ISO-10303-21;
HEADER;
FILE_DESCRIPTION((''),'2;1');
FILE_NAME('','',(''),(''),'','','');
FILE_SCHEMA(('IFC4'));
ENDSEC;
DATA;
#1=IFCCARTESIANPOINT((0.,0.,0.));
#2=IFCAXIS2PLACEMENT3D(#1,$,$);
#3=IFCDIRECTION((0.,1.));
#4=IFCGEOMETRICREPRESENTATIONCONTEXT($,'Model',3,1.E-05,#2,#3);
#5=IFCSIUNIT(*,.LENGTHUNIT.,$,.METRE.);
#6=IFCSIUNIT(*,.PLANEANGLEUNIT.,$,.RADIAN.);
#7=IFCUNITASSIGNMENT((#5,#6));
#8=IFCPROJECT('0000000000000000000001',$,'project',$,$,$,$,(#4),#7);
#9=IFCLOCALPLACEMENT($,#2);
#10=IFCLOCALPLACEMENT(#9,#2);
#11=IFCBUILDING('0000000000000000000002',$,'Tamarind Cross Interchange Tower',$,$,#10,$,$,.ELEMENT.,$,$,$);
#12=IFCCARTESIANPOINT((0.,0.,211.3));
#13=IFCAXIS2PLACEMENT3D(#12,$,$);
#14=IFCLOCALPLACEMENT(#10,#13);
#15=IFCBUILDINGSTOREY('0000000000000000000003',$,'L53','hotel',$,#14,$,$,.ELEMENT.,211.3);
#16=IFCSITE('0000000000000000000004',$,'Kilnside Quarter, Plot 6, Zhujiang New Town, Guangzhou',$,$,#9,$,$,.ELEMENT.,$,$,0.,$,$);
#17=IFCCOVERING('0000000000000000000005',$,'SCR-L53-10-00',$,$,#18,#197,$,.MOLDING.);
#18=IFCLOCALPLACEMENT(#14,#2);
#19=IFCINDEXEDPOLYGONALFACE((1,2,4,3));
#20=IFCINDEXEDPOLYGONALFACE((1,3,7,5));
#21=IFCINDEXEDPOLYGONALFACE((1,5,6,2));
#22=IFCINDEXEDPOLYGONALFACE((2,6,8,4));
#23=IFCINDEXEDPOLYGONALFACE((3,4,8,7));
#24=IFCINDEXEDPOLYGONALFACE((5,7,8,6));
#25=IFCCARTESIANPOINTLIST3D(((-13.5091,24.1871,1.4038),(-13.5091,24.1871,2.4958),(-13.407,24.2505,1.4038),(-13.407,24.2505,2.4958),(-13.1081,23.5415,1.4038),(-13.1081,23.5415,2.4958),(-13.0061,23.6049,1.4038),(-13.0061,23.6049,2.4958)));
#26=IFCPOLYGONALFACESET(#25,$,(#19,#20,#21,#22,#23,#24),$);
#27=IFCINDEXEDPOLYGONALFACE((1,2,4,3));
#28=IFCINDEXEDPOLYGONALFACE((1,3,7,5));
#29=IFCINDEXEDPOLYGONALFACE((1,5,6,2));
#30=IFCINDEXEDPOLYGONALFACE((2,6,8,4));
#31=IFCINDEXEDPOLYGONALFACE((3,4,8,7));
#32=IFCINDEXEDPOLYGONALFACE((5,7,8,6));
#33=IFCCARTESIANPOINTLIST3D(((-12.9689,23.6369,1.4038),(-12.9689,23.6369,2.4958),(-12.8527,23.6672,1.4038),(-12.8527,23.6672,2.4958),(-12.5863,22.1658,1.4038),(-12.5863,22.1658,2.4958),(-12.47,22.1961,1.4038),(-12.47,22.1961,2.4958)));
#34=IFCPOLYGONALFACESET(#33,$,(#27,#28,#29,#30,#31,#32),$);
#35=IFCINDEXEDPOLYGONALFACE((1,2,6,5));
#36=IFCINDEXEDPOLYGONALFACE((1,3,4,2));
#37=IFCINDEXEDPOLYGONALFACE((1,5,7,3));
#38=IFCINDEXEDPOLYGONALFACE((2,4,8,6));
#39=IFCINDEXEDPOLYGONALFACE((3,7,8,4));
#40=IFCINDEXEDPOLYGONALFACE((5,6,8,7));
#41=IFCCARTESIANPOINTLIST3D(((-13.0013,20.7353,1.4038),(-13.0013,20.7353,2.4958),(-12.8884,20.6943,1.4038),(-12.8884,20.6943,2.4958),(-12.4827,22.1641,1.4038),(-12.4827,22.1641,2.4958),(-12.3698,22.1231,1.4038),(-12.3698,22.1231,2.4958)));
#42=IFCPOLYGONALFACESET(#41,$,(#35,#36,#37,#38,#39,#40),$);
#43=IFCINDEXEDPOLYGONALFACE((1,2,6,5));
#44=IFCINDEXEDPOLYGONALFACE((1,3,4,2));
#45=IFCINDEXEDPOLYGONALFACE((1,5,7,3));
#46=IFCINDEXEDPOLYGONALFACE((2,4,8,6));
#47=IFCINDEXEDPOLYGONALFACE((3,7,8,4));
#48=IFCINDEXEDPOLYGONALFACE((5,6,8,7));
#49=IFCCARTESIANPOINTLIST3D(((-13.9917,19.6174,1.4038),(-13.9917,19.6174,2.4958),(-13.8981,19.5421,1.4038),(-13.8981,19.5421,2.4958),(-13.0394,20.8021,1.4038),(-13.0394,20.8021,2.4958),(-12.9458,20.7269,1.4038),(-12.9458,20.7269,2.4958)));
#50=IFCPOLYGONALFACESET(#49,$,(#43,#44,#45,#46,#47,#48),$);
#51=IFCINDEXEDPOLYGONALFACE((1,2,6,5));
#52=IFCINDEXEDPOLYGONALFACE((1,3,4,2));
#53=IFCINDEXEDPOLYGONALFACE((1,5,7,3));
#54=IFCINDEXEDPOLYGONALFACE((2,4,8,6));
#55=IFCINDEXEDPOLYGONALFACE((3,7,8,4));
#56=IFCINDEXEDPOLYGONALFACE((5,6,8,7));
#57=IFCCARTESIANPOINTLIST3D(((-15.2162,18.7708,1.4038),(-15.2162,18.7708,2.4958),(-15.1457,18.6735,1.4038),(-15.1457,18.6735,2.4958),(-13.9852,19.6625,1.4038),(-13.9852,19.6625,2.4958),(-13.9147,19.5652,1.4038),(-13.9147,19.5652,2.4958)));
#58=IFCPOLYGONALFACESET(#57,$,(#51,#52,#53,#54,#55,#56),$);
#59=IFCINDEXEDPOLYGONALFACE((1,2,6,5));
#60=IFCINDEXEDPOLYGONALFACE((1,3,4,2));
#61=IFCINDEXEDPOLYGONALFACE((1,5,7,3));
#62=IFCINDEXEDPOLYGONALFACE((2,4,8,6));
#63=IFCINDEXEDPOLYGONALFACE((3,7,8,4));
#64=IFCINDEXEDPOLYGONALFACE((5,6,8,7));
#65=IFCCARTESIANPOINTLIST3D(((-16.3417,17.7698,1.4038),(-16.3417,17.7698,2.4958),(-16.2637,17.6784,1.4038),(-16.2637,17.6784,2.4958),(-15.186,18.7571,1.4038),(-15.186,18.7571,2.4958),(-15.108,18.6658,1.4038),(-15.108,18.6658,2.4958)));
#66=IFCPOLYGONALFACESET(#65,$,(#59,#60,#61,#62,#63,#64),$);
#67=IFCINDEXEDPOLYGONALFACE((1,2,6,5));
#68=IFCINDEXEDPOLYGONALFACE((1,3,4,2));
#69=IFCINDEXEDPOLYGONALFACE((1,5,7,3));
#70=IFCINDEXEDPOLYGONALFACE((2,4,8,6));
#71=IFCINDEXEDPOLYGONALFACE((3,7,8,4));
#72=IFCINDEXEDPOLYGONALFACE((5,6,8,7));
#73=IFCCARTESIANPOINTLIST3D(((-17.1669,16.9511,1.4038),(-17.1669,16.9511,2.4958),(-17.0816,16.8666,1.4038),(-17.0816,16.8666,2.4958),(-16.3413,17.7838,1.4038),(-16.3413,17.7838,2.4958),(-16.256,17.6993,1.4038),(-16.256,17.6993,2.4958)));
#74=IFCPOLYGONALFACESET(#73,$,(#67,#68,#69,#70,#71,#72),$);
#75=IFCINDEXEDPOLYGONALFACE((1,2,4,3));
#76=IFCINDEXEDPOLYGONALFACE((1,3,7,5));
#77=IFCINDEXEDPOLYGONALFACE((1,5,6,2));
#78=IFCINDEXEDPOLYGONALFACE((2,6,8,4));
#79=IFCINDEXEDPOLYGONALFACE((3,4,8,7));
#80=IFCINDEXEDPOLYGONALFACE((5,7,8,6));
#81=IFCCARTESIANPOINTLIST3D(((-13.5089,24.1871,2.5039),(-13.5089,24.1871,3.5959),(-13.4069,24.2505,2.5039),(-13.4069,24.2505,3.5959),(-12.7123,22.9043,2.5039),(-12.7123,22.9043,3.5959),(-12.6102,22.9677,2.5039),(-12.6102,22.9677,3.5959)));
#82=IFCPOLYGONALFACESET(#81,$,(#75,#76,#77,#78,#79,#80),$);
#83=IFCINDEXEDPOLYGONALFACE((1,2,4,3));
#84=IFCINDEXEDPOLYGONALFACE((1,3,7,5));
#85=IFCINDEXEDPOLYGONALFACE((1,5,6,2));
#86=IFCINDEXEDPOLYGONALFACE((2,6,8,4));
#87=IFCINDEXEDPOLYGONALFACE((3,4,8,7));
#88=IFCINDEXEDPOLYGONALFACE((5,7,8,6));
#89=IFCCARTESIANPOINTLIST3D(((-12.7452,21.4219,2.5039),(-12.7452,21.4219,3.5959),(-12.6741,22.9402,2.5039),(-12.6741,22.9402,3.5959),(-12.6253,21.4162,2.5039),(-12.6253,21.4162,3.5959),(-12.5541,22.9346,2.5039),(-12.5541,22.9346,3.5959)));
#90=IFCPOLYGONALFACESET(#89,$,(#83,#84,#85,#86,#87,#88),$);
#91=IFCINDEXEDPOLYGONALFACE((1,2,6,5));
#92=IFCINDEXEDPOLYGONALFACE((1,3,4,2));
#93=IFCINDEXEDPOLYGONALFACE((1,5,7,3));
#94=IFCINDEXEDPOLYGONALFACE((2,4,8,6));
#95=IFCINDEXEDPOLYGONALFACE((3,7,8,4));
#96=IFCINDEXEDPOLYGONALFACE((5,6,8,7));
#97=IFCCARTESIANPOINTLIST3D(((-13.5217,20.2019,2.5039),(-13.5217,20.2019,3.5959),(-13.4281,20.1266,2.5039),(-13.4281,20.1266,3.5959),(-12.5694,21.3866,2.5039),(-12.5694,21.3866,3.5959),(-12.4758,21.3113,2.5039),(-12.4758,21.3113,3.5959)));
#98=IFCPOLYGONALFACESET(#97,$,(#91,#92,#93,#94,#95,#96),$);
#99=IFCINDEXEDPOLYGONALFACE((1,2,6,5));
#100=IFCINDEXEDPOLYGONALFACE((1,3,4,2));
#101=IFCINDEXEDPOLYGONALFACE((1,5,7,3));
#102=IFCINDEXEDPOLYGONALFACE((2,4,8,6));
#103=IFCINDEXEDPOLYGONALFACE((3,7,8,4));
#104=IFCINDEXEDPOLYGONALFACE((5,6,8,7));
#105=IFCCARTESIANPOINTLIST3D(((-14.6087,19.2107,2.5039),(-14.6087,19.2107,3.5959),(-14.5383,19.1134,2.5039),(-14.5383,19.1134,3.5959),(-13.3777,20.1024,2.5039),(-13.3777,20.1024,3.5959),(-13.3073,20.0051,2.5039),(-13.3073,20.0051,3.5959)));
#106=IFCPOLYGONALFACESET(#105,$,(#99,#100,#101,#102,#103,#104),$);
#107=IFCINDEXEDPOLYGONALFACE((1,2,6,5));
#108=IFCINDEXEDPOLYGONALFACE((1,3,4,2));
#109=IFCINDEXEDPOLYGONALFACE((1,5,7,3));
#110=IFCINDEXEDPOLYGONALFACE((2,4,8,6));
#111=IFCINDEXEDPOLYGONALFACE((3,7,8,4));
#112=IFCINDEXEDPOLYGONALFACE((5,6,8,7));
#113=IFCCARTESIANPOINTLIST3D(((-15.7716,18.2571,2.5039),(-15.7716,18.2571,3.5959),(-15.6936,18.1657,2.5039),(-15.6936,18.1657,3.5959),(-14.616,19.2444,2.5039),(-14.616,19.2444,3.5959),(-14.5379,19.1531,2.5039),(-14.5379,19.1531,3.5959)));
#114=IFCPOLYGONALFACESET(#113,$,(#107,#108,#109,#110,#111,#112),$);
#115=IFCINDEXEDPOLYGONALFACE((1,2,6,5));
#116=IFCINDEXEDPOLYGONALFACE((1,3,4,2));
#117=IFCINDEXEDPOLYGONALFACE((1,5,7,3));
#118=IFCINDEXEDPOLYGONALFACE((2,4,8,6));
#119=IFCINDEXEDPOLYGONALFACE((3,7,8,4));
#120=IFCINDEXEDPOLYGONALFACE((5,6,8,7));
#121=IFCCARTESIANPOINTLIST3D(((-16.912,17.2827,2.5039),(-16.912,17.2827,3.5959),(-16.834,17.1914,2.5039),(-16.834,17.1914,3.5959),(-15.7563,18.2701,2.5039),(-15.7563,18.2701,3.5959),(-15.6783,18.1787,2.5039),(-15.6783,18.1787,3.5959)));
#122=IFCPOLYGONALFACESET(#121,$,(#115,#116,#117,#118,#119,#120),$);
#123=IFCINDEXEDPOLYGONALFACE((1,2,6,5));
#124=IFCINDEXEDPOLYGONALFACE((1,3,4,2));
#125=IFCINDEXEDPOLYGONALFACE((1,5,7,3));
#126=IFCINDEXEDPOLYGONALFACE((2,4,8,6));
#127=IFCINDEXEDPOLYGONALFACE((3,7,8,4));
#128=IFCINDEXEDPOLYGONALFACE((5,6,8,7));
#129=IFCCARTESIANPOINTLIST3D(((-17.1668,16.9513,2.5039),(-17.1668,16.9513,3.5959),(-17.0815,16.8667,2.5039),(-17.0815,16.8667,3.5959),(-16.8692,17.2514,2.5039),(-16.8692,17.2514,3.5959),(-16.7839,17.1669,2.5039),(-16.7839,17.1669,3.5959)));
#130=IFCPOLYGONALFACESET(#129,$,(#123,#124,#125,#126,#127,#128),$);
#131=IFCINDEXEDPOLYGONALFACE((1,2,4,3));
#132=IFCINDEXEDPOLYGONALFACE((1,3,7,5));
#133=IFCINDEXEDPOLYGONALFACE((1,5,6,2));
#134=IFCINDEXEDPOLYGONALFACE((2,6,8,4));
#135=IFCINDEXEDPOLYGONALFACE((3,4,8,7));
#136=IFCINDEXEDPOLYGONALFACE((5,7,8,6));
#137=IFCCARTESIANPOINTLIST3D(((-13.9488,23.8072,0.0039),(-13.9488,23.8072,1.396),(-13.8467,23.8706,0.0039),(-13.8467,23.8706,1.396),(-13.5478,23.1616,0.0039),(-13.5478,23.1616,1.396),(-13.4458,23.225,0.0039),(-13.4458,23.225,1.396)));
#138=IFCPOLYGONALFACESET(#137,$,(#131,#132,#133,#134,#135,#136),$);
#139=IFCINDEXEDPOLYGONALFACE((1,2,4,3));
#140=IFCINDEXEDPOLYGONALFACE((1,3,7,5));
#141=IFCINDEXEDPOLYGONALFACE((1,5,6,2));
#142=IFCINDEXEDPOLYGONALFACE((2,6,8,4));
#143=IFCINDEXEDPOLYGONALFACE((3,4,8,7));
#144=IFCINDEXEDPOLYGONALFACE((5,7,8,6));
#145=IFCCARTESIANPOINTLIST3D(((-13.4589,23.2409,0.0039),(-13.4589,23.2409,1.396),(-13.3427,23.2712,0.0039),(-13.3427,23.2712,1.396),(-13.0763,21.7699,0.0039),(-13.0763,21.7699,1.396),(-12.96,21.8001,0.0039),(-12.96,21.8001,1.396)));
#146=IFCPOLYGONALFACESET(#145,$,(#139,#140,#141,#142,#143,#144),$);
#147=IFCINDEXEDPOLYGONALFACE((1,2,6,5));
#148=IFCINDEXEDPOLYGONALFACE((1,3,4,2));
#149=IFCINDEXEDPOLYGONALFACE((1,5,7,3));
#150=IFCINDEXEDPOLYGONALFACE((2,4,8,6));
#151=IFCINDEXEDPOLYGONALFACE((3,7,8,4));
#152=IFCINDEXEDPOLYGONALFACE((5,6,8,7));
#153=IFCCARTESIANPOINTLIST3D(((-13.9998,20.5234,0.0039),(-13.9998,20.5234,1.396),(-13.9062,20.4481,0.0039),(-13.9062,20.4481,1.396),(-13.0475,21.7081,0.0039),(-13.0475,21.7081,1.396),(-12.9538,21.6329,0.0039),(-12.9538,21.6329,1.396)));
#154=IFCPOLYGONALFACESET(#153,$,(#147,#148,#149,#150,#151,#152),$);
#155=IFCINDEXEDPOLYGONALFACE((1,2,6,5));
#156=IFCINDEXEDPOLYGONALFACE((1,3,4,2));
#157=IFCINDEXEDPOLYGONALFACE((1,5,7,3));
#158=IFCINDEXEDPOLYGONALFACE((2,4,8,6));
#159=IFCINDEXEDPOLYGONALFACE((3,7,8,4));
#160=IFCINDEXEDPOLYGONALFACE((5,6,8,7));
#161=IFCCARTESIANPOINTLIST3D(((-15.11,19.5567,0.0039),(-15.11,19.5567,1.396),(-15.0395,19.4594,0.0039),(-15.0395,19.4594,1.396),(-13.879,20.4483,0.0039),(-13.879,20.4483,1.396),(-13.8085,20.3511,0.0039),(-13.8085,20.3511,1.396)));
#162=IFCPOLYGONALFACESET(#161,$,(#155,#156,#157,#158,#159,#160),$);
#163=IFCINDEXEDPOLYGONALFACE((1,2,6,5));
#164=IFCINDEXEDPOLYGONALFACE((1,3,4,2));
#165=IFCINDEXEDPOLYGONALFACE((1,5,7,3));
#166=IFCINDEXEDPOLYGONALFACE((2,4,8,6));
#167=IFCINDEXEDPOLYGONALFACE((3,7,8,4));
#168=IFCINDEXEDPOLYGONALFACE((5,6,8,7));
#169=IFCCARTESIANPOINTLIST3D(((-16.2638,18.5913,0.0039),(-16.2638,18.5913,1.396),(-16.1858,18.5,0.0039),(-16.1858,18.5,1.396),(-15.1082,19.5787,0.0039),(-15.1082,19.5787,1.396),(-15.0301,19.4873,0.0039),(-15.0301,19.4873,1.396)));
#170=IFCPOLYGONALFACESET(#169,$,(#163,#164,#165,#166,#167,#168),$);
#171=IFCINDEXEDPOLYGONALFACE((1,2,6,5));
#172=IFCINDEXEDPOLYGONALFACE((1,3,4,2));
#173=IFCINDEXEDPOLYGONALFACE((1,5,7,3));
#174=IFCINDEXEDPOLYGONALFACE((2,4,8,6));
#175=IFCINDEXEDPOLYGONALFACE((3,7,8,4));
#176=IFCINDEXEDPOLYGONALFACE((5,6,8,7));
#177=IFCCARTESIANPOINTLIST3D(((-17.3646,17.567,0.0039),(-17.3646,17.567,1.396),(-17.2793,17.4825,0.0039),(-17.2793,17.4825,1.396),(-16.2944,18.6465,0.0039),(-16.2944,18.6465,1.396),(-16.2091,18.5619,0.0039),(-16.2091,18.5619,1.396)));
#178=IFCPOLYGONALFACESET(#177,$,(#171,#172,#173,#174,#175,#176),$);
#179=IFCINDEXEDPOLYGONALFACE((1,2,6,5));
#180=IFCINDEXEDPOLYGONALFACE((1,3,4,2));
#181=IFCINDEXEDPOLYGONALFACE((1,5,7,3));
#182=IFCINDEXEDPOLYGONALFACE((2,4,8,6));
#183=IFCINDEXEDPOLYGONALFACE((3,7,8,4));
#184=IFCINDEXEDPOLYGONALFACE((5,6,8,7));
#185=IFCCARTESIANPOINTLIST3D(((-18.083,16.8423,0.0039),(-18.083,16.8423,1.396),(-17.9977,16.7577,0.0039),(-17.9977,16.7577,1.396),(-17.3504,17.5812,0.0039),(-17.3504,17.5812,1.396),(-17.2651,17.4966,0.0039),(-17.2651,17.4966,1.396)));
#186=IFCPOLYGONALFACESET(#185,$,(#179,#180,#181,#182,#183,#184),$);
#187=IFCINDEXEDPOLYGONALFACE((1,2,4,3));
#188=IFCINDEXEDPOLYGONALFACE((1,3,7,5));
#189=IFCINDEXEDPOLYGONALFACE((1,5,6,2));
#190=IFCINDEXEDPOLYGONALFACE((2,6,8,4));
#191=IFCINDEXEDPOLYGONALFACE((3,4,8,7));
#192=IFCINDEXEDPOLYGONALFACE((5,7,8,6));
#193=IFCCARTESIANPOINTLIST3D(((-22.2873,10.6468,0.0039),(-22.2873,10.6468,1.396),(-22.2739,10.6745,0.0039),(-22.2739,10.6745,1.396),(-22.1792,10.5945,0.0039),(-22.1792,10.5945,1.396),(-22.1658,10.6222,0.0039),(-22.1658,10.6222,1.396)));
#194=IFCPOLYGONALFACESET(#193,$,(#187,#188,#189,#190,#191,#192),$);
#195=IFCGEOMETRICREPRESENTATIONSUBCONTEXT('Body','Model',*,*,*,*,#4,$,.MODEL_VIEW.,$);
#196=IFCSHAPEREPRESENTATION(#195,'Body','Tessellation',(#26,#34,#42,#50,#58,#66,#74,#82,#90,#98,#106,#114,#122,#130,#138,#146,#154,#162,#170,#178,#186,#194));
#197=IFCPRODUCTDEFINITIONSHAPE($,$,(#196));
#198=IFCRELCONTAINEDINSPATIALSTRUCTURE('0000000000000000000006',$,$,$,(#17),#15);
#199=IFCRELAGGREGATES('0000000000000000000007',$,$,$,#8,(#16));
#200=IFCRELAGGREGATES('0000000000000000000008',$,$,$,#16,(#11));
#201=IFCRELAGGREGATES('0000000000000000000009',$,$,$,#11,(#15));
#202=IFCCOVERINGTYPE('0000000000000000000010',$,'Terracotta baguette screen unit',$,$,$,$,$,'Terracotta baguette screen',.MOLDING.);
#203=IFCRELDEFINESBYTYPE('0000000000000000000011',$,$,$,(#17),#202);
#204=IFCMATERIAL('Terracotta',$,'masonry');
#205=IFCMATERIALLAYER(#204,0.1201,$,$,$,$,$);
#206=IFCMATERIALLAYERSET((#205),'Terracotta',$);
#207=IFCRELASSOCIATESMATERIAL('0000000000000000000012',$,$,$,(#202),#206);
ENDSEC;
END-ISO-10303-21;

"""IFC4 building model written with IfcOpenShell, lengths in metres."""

from ifc_helpers import new_model, si_unit, direction, frame, origin, origin_2d, place, context, subcontext, project, spatial, rectangle, extrude, material, layer, layer_set, type_object, element, save


model = new_model("IFC4")

# Units and contexts
model_context = context("Model", 3, precision=1e-05, world=origin(), true_north=direction((0.0, 1.0)))
body_context = subcontext(model_context, "Body", "Model", "MODEL_VIEW")
ifc_project = project(units=[si_unit("LENGTHUNIT", "METRE"), si_unit("PLANEANGLEUNIT", "RADIAN")], contexts=[model_context])

# Site, building, storey
site_placement = place(None, origin())
site = spatial("IfcSite", under=ifc_project, at=site_placement, Name="Kilnside Quarter, Plot 6, Zhujiang New Town, Guangzhou", CompositionType="ELEMENT", RefElevation=0.0)
building_placement = place(site_placement, origin())
building = spatial("IfcBuilding", under=site, at=building_placement, Name="Tamarind Cross Interchange Tower", CompositionType="ELEMENT")
storey_placement = place(building_placement, frame((0.0, 0.0, 211.3)))
storey = spatial("IfcBuildingStorey", under=building, at=storey_placement, Name="L53", Description="hotel", CompositionType="ELEMENT", Elevation=211.3)

# Covering
ifc_material_1 = material(Name="Terracotta", Category="masonry")
ifc_layer_1 = layer(ifc_material_1, 0.1201)
ifc_layer_set_1 = layer_set([ifc_layer_1], Name="Terracotta")
covering_type = type_object("IfcCoveringType", Name="Terracotta baguette screen unit", ElementType="Terracotta baguette screen", PredefinedType="MOLDING", material=ifc_layer_set_1)
covering_1_placement = place(storey_placement, origin())
element("IfcCovering", 1, at=covering_1_placement, inside=storey, type_object=covering_type, Name="SCR-L53-10-00", PredefinedType="MOLDING", context=body_context, shape_type="SweptSolid", body=[
    extrude(rectangle(XDim=0.76, YDim=0.1201, at=origin_2d()), frame((-13.2576, 23.896, 1.4038), z_axis=(0.0, 0.0, 1.0), x_axis=(0.527584, -0.849503, 0.0)), (0.0, 0.0, 1.0), 1.092),
    extrude(rectangle(XDim=1.52, YDim=0.1201, at=origin_2d()), frame((-12.7195, 22.9165, 1.4038), z_axis=(0.0, 0.0, 1.0), x_axis=(0.251718, -0.967801, 0.0)), (0.0, 0.0, 1.0), 1.092),
    extrude(rectangle(XDim=1.52, YDim=0.1201, at=origin_2d()), frame((-12.6855, 21.4292, 1.4038), z_axis=(0.0, 0.0, 1.0), x_axis=(-0.341155, -0.940007, 0.0)), (0.0, 0.0, 1.0), 1.092),
    extrude(rectangle(XDim=1.52, YDim=0.1201, at=origin_2d()), frame((-13.4688, 20.1721, 1.4038), z_axis=(0.0, 0.0, 1.0), x_axis=(-0.626511, -0.779413, 0.0)), (0.0, 0.0, 1.0), 1.092),
    extrude(rectangle(XDim=1.52, YDim=0.1201, at=origin_2d()), frame((-14.5654, 19.168, 1.4038), z_axis=(0.0, 0.0, 1.0), x_axis=(-0.809856, -0.586629, 0.0)), (0.0, 0.0, 1.0), 1.092),
    extrude(rectangle(XDim=1.52, YDim=0.1201, at=origin_2d()), frame((-15.7249, 18.2178, 1.4038), z_axis=(0.0, 0.0, 1.0), x_axis=(-0.760296, -0.649577, 0.0)), (0.0, 0.0, 1.0), 1.092),
    extrude(rectangle(XDim=1.1726, YDim=0.1201, at=origin_2d()), frame((-16.7114, 17.3252, 1.4038), z_axis=(0.0, 0.0, 1.0), x_axis=(-0.704057, -0.710143, 0.0)), (0.0, 0.0, 1.0), 1.092),
    extrude(rectangle(XDim=1.51, YDim=0.1201, at=origin_2d()), frame((-13.0596, 23.5774, 2.5039), z_axis=(0.0, 0.0, 1.0), x_axis=(0.527584, -0.849503, 0.0)), (0.0, 0.0, 1.0), 1.092),
    extrude(rectangle(XDim=1.52, YDim=0.1201, at=origin_2d()), frame((-12.6497, 22.1782, 2.5039), z_axis=(0.0, 0.0, 1.0), x_axis=(-0.046828, -0.998903, 0.0)), (0.0, 0.0, 1.0), 1.092),
    extrude(rectangle(XDim=1.52, YDim=0.1201, at=origin_2d()), frame((-12.9988, 20.7566, 2.5039), z_axis=(0.0, 0.0, 1.0), x_axis=(-0.626511, -0.779413, 0.0)), (0.0, 0.0, 1.0), 1.092),
    extrude(rectangle(XDim=1.52, YDim=0.1201, at=origin_2d()), frame((-13.958, 19.6079, 2.5039), z_axis=(0.0, 0.0, 1.0), x_axis=(-0.809856, -0.586629, 0.0)), (0.0, 0.0, 1.0), 1.092),
    extrude(rectangle(XDim=1.52, YDim=0.1201, at=origin_2d()), frame((-15.1548, 18.7051, 2.5039), z_axis=(0.0, 0.0, 1.0), x_axis=(-0.760296, -0.649577, 0.0)), (0.0, 0.0, 1.0), 1.092),
    extrude(rectangle(XDim=1.52, YDim=0.1201, at=origin_2d()), frame((-16.2952, 17.7307, 2.5039), z_axis=(0.0, 0.0, 1.0), x_axis=(-0.760296, -0.649577, 0.0)), (0.0, 0.0, 1.0), 1.092),
    extrude(rectangle(XDim=0.4226, YDim=0.1201, at=origin_2d()), frame((-16.9753, 17.0591, 2.5039), z_axis=(0.0, 0.0, 1.0), x_axis=(-0.704057, -0.710143, 0.0)), (0.0, 0.0, 1.0), 1.092),
    extrude(rectangle(XDim=0.76, YDim=0.1201, at=origin_2d()), frame((-13.6973, 23.5161, 0.0039), z_axis=(0.0, 0.0, 1.0), x_axis=(0.527584, -0.849503, 0.0)), (0.0, 0.0, 1.0), 1.3921),
    extrude(rectangle(XDim=1.52, YDim=0.1201, at=origin_2d()), frame((-13.2095, 22.5205, 0.0039), z_axis=(0.0, 0.0, 1.0), x_axis=(0.251718, -0.967801, 0.0)), (0.0, 0.0, 1.0), 1.3921),
    extrude(rectangle(XDim=1.52, YDim=0.1201, at=origin_2d()), frame((-13.4768, 21.0781, 0.0039), z_axis=(0.0, 0.0, 1.0), x_axis=(-0.626511, -0.779413, 0.0)), (0.0, 0.0, 1.0), 1.3921),
    extrude(rectangle(XDim=1.52, YDim=0.1201, at=origin_2d()), frame((-14.4592, 19.9539, 0.0039), z_axis=(0.0, 0.0, 1.0), x_axis=(-0.809856, -0.586629, 0.0)), (0.0, 0.0, 1.0), 1.3921),
    extrude(rectangle(XDim=1.52, YDim=0.1201, at=origin_2d()), frame((-15.647, 19.0393, 0.0039), z_axis=(0.0, 0.0, 1.0), x_axis=(-0.760296, -0.649577, 0.0)), (0.0, 0.0, 1.0), 1.3921),
    extrude(rectangle(XDim=1.52, YDim=0.1201, at=origin_2d()), frame((-16.7869, 18.0645, 0.0039), z_axis=(0.0, 0.0, 1.0), x_axis=(-0.704057, -0.710143, 0.0)), (0.0, 0.0, 1.0), 1.3921),
    extrude(rectangle(XDim=1.0405, YDim=0.1201, at=origin_2d()), frame((-17.6741, 17.1694, 0.0039), z_axis=(0.0, 0.0, 1.0), x_axis=(-0.704057, -0.710143, 0.0)), (0.0, 0.0, 1.0), 1.3921),
    extrude(rectangle(XDim=0.0308, YDim=0.1201, at=origin_2d()), frame((-22.2266, 10.6345, 0.0039), z_axis=(0.0, 0.0, 1.0), x_axis=(-0.435326, -0.900273, 0.0)), (0.0, 0.0, 1.0), 1.3921),
])

save(model, "model.ifc")
